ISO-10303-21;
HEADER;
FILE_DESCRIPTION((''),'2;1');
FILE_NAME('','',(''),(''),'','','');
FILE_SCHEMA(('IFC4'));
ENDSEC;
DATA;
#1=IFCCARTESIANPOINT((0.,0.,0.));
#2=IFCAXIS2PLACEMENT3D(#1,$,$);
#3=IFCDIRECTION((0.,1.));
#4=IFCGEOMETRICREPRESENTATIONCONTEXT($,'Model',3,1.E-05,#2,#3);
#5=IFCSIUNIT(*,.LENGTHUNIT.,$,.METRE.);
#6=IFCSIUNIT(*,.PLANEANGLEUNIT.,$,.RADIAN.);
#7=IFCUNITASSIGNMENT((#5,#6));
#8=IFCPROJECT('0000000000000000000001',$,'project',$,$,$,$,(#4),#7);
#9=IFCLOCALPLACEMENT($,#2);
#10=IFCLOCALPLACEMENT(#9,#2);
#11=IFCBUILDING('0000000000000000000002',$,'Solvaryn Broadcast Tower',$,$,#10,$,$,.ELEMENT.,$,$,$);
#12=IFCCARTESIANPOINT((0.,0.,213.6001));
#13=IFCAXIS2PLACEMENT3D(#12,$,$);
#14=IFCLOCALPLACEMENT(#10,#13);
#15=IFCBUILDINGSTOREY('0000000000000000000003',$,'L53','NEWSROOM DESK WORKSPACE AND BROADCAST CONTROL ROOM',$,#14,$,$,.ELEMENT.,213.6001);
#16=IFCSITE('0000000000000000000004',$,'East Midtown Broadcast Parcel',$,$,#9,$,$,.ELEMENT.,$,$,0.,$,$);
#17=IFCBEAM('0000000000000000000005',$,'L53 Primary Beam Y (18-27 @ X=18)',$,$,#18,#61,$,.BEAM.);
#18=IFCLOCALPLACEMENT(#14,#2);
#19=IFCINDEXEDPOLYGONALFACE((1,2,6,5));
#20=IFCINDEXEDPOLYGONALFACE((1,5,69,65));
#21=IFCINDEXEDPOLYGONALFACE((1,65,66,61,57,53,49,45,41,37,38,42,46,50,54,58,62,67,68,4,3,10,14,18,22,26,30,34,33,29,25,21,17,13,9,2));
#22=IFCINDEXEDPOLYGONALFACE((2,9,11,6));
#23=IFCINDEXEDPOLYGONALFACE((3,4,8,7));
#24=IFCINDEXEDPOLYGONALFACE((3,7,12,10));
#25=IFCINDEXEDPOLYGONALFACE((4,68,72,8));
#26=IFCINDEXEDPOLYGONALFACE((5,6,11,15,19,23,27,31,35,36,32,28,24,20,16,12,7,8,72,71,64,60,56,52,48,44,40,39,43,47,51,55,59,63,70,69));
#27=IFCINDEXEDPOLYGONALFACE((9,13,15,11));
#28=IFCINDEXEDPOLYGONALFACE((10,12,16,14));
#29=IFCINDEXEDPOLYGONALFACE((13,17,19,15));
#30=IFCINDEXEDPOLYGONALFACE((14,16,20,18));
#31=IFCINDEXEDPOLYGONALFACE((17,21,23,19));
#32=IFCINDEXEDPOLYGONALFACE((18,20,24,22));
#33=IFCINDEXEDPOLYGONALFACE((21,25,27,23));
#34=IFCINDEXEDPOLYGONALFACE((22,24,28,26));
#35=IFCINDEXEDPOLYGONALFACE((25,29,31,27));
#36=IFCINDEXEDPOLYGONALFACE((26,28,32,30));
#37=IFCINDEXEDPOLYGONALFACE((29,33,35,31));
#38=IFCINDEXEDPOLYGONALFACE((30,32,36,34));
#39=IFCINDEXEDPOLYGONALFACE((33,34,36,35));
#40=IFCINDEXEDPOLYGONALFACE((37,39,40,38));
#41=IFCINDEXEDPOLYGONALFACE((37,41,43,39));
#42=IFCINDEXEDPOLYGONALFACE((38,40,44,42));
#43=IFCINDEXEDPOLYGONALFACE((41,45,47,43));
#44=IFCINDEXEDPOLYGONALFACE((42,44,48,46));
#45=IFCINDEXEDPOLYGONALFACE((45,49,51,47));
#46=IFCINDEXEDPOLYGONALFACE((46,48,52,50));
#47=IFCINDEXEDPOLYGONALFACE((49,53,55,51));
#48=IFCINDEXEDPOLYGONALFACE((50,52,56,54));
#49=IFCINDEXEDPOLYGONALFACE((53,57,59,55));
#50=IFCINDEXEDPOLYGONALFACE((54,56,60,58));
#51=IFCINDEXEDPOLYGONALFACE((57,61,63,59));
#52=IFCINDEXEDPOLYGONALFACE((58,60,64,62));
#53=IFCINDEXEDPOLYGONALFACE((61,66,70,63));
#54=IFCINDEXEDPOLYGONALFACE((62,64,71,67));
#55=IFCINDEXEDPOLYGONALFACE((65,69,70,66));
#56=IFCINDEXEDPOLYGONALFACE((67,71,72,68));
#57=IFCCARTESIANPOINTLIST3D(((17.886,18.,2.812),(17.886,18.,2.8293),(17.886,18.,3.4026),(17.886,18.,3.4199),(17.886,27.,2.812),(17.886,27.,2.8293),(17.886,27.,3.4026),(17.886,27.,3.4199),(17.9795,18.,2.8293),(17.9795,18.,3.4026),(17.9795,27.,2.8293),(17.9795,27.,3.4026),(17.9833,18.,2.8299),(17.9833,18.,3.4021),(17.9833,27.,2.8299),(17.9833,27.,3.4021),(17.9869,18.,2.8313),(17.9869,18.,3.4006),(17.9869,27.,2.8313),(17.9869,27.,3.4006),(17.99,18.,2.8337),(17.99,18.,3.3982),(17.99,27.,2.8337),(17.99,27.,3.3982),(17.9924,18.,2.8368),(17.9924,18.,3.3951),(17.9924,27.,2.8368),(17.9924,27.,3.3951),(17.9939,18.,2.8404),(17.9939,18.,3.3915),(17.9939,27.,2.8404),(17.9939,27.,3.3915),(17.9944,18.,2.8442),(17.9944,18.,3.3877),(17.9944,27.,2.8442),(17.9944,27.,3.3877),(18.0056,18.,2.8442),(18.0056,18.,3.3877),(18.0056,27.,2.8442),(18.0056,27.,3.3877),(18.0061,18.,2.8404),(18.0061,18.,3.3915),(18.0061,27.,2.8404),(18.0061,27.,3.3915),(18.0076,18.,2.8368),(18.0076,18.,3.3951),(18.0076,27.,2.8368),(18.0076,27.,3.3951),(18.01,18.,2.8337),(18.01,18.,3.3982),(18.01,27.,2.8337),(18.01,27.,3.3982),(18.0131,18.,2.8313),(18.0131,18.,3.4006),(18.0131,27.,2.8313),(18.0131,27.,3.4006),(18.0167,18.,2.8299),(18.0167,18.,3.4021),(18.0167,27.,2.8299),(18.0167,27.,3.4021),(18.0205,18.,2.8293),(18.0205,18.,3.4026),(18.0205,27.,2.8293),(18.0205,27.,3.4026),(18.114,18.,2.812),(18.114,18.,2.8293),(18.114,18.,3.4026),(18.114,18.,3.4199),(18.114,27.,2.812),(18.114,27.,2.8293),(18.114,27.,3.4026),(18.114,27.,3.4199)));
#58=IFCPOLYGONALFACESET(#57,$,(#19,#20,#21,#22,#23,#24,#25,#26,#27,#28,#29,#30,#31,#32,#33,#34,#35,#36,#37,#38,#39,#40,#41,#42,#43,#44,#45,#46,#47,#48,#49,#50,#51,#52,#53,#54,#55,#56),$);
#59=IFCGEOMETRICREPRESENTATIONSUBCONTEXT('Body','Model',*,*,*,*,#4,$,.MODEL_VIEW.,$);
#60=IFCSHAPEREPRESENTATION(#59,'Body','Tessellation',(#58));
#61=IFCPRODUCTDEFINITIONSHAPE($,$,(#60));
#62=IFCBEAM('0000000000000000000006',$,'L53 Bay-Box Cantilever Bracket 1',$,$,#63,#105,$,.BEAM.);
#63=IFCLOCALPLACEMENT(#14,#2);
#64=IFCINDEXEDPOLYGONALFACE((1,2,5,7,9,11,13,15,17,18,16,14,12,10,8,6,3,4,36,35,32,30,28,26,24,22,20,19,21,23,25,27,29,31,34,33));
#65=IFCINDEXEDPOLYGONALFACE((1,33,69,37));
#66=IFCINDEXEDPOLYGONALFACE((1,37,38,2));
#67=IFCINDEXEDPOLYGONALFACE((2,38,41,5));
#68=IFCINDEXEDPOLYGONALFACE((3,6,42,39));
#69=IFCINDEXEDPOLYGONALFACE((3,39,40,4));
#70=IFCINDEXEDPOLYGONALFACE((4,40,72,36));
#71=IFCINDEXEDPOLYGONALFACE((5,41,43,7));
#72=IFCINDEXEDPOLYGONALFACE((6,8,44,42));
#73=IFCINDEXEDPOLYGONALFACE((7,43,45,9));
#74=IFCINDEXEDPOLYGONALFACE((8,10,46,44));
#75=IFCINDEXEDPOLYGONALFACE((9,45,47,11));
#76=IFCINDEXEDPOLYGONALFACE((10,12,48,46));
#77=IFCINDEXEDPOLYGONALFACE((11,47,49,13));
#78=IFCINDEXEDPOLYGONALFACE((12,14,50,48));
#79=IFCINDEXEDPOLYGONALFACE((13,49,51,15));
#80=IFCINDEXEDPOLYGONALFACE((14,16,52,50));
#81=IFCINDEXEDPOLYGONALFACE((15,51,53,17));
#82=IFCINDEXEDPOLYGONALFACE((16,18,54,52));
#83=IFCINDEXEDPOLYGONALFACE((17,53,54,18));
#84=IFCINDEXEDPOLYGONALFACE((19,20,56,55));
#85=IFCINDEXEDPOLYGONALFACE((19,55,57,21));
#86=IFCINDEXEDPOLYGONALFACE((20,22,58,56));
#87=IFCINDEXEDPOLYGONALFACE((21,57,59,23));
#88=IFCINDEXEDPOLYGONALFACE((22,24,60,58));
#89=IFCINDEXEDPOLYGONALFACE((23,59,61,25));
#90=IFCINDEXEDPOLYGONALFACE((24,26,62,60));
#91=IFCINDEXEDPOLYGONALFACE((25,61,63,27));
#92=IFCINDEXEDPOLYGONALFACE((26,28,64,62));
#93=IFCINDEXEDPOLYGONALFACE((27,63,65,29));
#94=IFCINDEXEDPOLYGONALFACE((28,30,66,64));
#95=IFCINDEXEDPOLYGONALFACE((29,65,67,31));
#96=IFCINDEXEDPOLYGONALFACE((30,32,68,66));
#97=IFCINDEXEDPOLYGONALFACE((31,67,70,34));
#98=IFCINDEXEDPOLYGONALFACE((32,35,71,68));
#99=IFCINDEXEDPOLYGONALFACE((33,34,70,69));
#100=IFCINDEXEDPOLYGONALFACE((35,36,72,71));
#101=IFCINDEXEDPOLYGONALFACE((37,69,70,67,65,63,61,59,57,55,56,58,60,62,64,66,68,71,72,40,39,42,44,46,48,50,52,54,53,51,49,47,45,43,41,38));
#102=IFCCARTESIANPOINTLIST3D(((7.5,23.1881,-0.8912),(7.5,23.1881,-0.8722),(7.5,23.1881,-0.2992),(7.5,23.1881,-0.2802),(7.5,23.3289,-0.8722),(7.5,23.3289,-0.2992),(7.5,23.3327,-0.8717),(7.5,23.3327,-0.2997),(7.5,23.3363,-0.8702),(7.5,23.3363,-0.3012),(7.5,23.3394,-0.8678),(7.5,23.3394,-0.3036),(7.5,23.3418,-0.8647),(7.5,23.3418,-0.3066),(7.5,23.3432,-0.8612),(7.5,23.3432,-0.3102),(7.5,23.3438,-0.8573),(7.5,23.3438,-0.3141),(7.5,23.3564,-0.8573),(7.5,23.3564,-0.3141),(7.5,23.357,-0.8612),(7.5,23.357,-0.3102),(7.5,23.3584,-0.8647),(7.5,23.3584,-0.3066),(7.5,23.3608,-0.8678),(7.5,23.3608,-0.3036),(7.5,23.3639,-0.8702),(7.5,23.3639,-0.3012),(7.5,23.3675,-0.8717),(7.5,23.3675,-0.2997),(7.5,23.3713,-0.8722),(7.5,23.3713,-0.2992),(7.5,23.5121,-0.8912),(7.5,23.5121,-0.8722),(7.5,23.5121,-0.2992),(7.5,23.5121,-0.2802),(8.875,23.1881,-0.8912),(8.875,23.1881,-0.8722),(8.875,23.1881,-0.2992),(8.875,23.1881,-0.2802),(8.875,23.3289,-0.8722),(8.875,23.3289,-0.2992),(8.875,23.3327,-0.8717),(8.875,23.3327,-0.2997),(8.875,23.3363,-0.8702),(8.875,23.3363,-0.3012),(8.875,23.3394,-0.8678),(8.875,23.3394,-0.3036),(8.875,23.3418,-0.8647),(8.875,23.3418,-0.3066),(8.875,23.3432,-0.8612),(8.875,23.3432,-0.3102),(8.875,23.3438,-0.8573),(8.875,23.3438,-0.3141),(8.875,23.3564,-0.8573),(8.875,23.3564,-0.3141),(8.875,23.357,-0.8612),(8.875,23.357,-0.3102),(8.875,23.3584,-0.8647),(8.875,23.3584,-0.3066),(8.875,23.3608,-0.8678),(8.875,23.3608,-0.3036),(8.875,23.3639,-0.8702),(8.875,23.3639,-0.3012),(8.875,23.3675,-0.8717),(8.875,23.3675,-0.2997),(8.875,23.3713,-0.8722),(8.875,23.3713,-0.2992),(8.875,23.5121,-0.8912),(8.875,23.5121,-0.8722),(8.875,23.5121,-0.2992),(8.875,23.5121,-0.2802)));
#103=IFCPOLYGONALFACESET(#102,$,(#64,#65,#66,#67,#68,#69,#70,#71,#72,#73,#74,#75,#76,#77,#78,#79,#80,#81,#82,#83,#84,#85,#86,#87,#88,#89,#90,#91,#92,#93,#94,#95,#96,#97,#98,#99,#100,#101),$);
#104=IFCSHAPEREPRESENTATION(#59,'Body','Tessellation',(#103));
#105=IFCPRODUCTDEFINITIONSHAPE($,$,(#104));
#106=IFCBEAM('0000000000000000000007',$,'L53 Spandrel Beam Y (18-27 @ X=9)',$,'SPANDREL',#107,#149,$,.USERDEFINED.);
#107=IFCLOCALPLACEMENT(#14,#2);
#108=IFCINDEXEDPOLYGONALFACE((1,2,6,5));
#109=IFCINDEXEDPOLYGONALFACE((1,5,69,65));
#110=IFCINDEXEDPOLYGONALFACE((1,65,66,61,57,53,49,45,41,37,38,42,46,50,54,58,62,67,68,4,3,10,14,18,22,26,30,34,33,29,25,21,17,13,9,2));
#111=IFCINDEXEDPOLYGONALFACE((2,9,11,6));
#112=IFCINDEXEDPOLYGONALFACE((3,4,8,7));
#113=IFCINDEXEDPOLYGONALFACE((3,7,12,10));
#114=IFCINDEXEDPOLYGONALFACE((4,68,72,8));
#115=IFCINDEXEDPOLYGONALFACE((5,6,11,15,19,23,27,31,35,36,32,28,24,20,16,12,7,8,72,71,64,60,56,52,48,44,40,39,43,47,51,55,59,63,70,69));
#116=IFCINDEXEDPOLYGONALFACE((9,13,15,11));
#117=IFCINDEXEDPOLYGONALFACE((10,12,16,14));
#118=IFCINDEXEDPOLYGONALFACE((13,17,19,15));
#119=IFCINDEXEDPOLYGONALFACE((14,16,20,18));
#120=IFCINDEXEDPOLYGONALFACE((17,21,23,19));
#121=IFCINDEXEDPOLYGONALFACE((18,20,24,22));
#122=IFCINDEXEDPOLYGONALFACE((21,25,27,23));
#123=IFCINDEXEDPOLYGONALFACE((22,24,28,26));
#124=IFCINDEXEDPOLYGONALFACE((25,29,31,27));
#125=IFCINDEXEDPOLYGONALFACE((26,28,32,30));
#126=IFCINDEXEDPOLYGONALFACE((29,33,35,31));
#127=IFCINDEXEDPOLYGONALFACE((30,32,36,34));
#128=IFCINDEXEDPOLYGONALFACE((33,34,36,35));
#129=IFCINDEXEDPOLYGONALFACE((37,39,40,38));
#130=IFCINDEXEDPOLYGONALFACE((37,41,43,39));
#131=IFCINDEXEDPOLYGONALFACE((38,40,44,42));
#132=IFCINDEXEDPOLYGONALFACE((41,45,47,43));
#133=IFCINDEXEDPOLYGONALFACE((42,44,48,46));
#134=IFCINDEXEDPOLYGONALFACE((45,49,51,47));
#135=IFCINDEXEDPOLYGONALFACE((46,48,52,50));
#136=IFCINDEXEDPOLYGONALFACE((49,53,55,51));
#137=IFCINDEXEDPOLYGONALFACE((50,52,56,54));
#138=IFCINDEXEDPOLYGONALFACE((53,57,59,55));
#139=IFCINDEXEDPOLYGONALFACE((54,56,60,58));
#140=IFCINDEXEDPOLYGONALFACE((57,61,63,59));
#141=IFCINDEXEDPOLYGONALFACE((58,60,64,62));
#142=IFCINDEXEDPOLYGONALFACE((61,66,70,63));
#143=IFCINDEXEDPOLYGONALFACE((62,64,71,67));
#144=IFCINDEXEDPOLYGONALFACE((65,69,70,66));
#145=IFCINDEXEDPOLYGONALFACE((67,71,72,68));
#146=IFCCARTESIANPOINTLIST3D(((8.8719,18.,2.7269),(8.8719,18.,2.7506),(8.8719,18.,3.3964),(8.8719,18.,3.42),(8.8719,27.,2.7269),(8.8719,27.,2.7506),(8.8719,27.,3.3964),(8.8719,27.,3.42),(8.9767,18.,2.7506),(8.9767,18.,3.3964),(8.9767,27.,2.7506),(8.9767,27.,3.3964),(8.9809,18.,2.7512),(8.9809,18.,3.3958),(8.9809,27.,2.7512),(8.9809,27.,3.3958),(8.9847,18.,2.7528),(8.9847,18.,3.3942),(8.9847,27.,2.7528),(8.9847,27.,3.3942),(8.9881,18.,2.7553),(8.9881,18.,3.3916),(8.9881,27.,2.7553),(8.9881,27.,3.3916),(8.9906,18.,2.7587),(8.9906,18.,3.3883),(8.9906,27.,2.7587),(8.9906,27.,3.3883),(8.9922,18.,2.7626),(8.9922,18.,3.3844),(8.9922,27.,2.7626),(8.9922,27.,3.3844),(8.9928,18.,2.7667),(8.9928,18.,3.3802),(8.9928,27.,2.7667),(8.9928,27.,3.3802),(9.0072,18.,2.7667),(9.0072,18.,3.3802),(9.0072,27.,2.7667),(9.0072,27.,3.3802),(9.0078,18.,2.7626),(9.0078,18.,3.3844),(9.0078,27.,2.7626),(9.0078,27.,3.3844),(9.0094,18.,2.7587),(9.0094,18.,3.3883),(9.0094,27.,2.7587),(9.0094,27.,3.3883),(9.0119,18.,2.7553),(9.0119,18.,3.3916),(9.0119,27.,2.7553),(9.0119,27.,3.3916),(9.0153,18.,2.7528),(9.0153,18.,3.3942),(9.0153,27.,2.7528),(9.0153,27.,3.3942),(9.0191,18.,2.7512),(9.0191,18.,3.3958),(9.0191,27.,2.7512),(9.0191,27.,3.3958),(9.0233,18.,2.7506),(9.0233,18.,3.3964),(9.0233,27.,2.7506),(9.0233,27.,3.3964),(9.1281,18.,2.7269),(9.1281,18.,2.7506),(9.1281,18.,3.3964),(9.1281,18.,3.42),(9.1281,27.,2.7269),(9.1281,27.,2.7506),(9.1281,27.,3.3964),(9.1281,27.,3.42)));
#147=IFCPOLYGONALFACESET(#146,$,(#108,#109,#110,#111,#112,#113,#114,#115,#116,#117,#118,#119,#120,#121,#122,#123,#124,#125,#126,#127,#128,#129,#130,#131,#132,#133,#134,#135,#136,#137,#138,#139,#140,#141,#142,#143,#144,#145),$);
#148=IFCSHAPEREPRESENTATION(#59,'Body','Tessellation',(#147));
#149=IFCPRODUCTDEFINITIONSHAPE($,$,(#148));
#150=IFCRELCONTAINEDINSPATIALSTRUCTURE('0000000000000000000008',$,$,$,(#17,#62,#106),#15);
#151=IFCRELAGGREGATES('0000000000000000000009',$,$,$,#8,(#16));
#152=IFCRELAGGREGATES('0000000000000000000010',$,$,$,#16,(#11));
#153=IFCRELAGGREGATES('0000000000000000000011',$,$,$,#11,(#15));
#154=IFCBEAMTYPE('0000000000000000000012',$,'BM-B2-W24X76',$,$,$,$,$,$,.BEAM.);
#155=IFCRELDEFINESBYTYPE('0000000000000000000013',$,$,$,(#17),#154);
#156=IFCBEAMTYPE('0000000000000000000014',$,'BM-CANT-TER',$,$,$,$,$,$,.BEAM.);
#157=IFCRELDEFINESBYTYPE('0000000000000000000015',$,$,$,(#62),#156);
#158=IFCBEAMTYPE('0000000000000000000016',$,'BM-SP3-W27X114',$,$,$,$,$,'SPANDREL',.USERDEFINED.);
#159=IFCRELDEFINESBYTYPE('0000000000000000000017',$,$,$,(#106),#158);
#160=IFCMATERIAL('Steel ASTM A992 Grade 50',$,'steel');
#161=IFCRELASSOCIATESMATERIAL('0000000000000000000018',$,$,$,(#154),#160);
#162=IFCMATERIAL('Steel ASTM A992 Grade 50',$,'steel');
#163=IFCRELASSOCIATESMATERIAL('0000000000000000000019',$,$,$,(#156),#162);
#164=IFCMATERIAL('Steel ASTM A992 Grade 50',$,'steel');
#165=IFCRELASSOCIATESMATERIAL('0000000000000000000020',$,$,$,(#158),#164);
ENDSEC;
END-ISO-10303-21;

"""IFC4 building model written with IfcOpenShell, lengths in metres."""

from ifc_helpers import new_model, si_unit, direction, frame, origin, origin_2d, place, context, subcontext, project, spatial, i_section, extrude, material, material_profile, profile_set, type_object, element, save


model = new_model("IFC4")

# Units and contexts
model_context = context("Model", 3, precision=1e-05, world=origin(), true_north=direction((0.0, 1.0)))
body_context = subcontext(model_context, "Body", "Model", "MODEL_VIEW")
ifc_project = project(units=[si_unit("LENGTHUNIT", "METRE"), si_unit("PLANEANGLEUNIT", "RADIAN")], contexts=[model_context])

# Site, building, storey
site_placement = place(None, origin())
site = spatial("IfcSite", under=ifc_project, at=site_placement, Name="East Midtown Broadcast Parcel", CompositionType="ELEMENT", RefElevation=0.0)
building_placement = place(site_placement, origin())
building = spatial("IfcBuilding", under=site, at=building_placement, Name="Solvaryn Broadcast Tower", CompositionType="ELEMENT")
storey_placement = place(building_placement, frame((0.0, 0.0, 213.6001)))
storey = spatial("IfcBuildingStorey", under=building, at=storey_placement, Name="L53", Description="NEWSROOM DESK WORKSPACE AND BROADCAST CONTROL ROOM", CompositionType="ELEMENT", Elevation=213.6001)

# Beams
ifc_material_1 = material(Name="Steel ASTM A992 Grade 50", Category="steel")
ifc_material_profile_1 = material_profile(ifc_material_1, i_section(OverallWidth=0.228, OverallDepth=0.6079, WebThickness=0.0112, FlangeThickness=0.0173, FilletRadius=0.0149, at=origin_2d()))
ifc_profile_set_1 = profile_set([ifc_material_profile_1], Name="Steel ASTM A992 Grade 50")
beam_type_1 = type_object("IfcBeamType", Name="BM-B2-W24X76", PredefinedType="BEAM", material=ifc_profile_set_1)
beam_1_placement = place(storey_placement, frame((18.0, 18.0, 3.116), z_axis=(0.0, 1.0, 0.0), x_axis=(-1.0, 0.0, 0.0)))
element("IfcBeam", 1, at=beam_1_placement, inside=storey, type_object=beam_type_1, Name="L53 Primary Beam Y (18-27 @ X=18)", PredefinedType="BEAM", context=body_context, shape_type="SweptSolid", body=[
    extrude(i_section(OverallWidth=0.228, OverallDepth=0.6079, WebThickness=0.0112, FlangeThickness=0.0173, FilletRadius=0.0149, at=origin_2d()), origin(), (0.0, 0.0, 1.0), 9.0),
])
ifc_material_2 = material(Name="Steel ASTM A992 Grade 50", Category="steel")
ifc_material_profile_2 = material_profile(ifc_material_2, i_section(OverallWidth=0.324, OverallDepth=0.6111, WebThickness=0.0127, FlangeThickness=0.019, FilletRadius=0.0149, at=origin_2d()))
ifc_profile_set_2 = profile_set([ifc_material_profile_2], Name="Steel ASTM A992 Grade 50")
beam_type_2 = type_object("IfcBeamType", Name="BM-CANT-TER", PredefinedType="BEAM", material=ifc_profile_set_2)
beam_2_placement = place(storey_placement, frame((8.875, 23.3501, -0.5857), z_axis=(-1.0, 0.0, 0.0), x_axis=(0.0, -1.0, 0.0)))
element("IfcBeam", 2, at=beam_2_placement, inside=storey, type_object=beam_type_2, Name="L53 Bay-Box Cantilever Bracket 1", PredefinedType="BEAM", context=body_context, shape_type="SweptSolid", body=[
    extrude(i_section(OverallWidth=0.324, OverallDepth=0.6111, WebThickness=0.0127, FlangeThickness=0.019, FilletRadius=0.0149, at=origin_2d()), origin(), (0.0, 0.0, 1.0), 1.375),
])
ifc_material_3 = material(Name="Steel ASTM A992 Grade 50", Category="steel")
ifc_material_profile_3 = material_profile(ifc_material_3, i_section(OverallWidth=0.2561, OverallDepth=0.6931, WebThickness=0.0144, FlangeThickness=0.0237, FilletRadius=0.0161, at=origin_2d()))
ifc_profile_set_3 = profile_set([ifc_material_profile_3], Name="Steel ASTM A992 Grade 50")
beam_type_3 = type_object("IfcBeamType", Name="BM-SP3-W27X114", ElementType="SPANDREL", PredefinedType="USERDEFINED", material=ifc_profile_set_3)
beam_3_placement = place(storey_placement, frame((9.0, 18.0, 3.0735), z_axis=(0.0, 1.0, 0.0), x_axis=(-1.0, 0.0, 0.0)))
element("IfcBeam", 3, at=beam_3_placement, inside=storey, type_object=beam_type_3, Name="L53 Spandrel Beam Y (18-27 @ X=9)", ObjectType="SPANDREL", PredefinedType="USERDEFINED", context=body_context, shape_type="SweptSolid", body=[
    extrude(i_section(OverallWidth=0.2561, OverallDepth=0.6931, WebThickness=0.0144, FlangeThickness=0.0237, FilletRadius=0.0161, at=origin_2d()), origin(), (0.0, 0.0, 1.0), 9.0),
])

save(model, "model.ifc")
